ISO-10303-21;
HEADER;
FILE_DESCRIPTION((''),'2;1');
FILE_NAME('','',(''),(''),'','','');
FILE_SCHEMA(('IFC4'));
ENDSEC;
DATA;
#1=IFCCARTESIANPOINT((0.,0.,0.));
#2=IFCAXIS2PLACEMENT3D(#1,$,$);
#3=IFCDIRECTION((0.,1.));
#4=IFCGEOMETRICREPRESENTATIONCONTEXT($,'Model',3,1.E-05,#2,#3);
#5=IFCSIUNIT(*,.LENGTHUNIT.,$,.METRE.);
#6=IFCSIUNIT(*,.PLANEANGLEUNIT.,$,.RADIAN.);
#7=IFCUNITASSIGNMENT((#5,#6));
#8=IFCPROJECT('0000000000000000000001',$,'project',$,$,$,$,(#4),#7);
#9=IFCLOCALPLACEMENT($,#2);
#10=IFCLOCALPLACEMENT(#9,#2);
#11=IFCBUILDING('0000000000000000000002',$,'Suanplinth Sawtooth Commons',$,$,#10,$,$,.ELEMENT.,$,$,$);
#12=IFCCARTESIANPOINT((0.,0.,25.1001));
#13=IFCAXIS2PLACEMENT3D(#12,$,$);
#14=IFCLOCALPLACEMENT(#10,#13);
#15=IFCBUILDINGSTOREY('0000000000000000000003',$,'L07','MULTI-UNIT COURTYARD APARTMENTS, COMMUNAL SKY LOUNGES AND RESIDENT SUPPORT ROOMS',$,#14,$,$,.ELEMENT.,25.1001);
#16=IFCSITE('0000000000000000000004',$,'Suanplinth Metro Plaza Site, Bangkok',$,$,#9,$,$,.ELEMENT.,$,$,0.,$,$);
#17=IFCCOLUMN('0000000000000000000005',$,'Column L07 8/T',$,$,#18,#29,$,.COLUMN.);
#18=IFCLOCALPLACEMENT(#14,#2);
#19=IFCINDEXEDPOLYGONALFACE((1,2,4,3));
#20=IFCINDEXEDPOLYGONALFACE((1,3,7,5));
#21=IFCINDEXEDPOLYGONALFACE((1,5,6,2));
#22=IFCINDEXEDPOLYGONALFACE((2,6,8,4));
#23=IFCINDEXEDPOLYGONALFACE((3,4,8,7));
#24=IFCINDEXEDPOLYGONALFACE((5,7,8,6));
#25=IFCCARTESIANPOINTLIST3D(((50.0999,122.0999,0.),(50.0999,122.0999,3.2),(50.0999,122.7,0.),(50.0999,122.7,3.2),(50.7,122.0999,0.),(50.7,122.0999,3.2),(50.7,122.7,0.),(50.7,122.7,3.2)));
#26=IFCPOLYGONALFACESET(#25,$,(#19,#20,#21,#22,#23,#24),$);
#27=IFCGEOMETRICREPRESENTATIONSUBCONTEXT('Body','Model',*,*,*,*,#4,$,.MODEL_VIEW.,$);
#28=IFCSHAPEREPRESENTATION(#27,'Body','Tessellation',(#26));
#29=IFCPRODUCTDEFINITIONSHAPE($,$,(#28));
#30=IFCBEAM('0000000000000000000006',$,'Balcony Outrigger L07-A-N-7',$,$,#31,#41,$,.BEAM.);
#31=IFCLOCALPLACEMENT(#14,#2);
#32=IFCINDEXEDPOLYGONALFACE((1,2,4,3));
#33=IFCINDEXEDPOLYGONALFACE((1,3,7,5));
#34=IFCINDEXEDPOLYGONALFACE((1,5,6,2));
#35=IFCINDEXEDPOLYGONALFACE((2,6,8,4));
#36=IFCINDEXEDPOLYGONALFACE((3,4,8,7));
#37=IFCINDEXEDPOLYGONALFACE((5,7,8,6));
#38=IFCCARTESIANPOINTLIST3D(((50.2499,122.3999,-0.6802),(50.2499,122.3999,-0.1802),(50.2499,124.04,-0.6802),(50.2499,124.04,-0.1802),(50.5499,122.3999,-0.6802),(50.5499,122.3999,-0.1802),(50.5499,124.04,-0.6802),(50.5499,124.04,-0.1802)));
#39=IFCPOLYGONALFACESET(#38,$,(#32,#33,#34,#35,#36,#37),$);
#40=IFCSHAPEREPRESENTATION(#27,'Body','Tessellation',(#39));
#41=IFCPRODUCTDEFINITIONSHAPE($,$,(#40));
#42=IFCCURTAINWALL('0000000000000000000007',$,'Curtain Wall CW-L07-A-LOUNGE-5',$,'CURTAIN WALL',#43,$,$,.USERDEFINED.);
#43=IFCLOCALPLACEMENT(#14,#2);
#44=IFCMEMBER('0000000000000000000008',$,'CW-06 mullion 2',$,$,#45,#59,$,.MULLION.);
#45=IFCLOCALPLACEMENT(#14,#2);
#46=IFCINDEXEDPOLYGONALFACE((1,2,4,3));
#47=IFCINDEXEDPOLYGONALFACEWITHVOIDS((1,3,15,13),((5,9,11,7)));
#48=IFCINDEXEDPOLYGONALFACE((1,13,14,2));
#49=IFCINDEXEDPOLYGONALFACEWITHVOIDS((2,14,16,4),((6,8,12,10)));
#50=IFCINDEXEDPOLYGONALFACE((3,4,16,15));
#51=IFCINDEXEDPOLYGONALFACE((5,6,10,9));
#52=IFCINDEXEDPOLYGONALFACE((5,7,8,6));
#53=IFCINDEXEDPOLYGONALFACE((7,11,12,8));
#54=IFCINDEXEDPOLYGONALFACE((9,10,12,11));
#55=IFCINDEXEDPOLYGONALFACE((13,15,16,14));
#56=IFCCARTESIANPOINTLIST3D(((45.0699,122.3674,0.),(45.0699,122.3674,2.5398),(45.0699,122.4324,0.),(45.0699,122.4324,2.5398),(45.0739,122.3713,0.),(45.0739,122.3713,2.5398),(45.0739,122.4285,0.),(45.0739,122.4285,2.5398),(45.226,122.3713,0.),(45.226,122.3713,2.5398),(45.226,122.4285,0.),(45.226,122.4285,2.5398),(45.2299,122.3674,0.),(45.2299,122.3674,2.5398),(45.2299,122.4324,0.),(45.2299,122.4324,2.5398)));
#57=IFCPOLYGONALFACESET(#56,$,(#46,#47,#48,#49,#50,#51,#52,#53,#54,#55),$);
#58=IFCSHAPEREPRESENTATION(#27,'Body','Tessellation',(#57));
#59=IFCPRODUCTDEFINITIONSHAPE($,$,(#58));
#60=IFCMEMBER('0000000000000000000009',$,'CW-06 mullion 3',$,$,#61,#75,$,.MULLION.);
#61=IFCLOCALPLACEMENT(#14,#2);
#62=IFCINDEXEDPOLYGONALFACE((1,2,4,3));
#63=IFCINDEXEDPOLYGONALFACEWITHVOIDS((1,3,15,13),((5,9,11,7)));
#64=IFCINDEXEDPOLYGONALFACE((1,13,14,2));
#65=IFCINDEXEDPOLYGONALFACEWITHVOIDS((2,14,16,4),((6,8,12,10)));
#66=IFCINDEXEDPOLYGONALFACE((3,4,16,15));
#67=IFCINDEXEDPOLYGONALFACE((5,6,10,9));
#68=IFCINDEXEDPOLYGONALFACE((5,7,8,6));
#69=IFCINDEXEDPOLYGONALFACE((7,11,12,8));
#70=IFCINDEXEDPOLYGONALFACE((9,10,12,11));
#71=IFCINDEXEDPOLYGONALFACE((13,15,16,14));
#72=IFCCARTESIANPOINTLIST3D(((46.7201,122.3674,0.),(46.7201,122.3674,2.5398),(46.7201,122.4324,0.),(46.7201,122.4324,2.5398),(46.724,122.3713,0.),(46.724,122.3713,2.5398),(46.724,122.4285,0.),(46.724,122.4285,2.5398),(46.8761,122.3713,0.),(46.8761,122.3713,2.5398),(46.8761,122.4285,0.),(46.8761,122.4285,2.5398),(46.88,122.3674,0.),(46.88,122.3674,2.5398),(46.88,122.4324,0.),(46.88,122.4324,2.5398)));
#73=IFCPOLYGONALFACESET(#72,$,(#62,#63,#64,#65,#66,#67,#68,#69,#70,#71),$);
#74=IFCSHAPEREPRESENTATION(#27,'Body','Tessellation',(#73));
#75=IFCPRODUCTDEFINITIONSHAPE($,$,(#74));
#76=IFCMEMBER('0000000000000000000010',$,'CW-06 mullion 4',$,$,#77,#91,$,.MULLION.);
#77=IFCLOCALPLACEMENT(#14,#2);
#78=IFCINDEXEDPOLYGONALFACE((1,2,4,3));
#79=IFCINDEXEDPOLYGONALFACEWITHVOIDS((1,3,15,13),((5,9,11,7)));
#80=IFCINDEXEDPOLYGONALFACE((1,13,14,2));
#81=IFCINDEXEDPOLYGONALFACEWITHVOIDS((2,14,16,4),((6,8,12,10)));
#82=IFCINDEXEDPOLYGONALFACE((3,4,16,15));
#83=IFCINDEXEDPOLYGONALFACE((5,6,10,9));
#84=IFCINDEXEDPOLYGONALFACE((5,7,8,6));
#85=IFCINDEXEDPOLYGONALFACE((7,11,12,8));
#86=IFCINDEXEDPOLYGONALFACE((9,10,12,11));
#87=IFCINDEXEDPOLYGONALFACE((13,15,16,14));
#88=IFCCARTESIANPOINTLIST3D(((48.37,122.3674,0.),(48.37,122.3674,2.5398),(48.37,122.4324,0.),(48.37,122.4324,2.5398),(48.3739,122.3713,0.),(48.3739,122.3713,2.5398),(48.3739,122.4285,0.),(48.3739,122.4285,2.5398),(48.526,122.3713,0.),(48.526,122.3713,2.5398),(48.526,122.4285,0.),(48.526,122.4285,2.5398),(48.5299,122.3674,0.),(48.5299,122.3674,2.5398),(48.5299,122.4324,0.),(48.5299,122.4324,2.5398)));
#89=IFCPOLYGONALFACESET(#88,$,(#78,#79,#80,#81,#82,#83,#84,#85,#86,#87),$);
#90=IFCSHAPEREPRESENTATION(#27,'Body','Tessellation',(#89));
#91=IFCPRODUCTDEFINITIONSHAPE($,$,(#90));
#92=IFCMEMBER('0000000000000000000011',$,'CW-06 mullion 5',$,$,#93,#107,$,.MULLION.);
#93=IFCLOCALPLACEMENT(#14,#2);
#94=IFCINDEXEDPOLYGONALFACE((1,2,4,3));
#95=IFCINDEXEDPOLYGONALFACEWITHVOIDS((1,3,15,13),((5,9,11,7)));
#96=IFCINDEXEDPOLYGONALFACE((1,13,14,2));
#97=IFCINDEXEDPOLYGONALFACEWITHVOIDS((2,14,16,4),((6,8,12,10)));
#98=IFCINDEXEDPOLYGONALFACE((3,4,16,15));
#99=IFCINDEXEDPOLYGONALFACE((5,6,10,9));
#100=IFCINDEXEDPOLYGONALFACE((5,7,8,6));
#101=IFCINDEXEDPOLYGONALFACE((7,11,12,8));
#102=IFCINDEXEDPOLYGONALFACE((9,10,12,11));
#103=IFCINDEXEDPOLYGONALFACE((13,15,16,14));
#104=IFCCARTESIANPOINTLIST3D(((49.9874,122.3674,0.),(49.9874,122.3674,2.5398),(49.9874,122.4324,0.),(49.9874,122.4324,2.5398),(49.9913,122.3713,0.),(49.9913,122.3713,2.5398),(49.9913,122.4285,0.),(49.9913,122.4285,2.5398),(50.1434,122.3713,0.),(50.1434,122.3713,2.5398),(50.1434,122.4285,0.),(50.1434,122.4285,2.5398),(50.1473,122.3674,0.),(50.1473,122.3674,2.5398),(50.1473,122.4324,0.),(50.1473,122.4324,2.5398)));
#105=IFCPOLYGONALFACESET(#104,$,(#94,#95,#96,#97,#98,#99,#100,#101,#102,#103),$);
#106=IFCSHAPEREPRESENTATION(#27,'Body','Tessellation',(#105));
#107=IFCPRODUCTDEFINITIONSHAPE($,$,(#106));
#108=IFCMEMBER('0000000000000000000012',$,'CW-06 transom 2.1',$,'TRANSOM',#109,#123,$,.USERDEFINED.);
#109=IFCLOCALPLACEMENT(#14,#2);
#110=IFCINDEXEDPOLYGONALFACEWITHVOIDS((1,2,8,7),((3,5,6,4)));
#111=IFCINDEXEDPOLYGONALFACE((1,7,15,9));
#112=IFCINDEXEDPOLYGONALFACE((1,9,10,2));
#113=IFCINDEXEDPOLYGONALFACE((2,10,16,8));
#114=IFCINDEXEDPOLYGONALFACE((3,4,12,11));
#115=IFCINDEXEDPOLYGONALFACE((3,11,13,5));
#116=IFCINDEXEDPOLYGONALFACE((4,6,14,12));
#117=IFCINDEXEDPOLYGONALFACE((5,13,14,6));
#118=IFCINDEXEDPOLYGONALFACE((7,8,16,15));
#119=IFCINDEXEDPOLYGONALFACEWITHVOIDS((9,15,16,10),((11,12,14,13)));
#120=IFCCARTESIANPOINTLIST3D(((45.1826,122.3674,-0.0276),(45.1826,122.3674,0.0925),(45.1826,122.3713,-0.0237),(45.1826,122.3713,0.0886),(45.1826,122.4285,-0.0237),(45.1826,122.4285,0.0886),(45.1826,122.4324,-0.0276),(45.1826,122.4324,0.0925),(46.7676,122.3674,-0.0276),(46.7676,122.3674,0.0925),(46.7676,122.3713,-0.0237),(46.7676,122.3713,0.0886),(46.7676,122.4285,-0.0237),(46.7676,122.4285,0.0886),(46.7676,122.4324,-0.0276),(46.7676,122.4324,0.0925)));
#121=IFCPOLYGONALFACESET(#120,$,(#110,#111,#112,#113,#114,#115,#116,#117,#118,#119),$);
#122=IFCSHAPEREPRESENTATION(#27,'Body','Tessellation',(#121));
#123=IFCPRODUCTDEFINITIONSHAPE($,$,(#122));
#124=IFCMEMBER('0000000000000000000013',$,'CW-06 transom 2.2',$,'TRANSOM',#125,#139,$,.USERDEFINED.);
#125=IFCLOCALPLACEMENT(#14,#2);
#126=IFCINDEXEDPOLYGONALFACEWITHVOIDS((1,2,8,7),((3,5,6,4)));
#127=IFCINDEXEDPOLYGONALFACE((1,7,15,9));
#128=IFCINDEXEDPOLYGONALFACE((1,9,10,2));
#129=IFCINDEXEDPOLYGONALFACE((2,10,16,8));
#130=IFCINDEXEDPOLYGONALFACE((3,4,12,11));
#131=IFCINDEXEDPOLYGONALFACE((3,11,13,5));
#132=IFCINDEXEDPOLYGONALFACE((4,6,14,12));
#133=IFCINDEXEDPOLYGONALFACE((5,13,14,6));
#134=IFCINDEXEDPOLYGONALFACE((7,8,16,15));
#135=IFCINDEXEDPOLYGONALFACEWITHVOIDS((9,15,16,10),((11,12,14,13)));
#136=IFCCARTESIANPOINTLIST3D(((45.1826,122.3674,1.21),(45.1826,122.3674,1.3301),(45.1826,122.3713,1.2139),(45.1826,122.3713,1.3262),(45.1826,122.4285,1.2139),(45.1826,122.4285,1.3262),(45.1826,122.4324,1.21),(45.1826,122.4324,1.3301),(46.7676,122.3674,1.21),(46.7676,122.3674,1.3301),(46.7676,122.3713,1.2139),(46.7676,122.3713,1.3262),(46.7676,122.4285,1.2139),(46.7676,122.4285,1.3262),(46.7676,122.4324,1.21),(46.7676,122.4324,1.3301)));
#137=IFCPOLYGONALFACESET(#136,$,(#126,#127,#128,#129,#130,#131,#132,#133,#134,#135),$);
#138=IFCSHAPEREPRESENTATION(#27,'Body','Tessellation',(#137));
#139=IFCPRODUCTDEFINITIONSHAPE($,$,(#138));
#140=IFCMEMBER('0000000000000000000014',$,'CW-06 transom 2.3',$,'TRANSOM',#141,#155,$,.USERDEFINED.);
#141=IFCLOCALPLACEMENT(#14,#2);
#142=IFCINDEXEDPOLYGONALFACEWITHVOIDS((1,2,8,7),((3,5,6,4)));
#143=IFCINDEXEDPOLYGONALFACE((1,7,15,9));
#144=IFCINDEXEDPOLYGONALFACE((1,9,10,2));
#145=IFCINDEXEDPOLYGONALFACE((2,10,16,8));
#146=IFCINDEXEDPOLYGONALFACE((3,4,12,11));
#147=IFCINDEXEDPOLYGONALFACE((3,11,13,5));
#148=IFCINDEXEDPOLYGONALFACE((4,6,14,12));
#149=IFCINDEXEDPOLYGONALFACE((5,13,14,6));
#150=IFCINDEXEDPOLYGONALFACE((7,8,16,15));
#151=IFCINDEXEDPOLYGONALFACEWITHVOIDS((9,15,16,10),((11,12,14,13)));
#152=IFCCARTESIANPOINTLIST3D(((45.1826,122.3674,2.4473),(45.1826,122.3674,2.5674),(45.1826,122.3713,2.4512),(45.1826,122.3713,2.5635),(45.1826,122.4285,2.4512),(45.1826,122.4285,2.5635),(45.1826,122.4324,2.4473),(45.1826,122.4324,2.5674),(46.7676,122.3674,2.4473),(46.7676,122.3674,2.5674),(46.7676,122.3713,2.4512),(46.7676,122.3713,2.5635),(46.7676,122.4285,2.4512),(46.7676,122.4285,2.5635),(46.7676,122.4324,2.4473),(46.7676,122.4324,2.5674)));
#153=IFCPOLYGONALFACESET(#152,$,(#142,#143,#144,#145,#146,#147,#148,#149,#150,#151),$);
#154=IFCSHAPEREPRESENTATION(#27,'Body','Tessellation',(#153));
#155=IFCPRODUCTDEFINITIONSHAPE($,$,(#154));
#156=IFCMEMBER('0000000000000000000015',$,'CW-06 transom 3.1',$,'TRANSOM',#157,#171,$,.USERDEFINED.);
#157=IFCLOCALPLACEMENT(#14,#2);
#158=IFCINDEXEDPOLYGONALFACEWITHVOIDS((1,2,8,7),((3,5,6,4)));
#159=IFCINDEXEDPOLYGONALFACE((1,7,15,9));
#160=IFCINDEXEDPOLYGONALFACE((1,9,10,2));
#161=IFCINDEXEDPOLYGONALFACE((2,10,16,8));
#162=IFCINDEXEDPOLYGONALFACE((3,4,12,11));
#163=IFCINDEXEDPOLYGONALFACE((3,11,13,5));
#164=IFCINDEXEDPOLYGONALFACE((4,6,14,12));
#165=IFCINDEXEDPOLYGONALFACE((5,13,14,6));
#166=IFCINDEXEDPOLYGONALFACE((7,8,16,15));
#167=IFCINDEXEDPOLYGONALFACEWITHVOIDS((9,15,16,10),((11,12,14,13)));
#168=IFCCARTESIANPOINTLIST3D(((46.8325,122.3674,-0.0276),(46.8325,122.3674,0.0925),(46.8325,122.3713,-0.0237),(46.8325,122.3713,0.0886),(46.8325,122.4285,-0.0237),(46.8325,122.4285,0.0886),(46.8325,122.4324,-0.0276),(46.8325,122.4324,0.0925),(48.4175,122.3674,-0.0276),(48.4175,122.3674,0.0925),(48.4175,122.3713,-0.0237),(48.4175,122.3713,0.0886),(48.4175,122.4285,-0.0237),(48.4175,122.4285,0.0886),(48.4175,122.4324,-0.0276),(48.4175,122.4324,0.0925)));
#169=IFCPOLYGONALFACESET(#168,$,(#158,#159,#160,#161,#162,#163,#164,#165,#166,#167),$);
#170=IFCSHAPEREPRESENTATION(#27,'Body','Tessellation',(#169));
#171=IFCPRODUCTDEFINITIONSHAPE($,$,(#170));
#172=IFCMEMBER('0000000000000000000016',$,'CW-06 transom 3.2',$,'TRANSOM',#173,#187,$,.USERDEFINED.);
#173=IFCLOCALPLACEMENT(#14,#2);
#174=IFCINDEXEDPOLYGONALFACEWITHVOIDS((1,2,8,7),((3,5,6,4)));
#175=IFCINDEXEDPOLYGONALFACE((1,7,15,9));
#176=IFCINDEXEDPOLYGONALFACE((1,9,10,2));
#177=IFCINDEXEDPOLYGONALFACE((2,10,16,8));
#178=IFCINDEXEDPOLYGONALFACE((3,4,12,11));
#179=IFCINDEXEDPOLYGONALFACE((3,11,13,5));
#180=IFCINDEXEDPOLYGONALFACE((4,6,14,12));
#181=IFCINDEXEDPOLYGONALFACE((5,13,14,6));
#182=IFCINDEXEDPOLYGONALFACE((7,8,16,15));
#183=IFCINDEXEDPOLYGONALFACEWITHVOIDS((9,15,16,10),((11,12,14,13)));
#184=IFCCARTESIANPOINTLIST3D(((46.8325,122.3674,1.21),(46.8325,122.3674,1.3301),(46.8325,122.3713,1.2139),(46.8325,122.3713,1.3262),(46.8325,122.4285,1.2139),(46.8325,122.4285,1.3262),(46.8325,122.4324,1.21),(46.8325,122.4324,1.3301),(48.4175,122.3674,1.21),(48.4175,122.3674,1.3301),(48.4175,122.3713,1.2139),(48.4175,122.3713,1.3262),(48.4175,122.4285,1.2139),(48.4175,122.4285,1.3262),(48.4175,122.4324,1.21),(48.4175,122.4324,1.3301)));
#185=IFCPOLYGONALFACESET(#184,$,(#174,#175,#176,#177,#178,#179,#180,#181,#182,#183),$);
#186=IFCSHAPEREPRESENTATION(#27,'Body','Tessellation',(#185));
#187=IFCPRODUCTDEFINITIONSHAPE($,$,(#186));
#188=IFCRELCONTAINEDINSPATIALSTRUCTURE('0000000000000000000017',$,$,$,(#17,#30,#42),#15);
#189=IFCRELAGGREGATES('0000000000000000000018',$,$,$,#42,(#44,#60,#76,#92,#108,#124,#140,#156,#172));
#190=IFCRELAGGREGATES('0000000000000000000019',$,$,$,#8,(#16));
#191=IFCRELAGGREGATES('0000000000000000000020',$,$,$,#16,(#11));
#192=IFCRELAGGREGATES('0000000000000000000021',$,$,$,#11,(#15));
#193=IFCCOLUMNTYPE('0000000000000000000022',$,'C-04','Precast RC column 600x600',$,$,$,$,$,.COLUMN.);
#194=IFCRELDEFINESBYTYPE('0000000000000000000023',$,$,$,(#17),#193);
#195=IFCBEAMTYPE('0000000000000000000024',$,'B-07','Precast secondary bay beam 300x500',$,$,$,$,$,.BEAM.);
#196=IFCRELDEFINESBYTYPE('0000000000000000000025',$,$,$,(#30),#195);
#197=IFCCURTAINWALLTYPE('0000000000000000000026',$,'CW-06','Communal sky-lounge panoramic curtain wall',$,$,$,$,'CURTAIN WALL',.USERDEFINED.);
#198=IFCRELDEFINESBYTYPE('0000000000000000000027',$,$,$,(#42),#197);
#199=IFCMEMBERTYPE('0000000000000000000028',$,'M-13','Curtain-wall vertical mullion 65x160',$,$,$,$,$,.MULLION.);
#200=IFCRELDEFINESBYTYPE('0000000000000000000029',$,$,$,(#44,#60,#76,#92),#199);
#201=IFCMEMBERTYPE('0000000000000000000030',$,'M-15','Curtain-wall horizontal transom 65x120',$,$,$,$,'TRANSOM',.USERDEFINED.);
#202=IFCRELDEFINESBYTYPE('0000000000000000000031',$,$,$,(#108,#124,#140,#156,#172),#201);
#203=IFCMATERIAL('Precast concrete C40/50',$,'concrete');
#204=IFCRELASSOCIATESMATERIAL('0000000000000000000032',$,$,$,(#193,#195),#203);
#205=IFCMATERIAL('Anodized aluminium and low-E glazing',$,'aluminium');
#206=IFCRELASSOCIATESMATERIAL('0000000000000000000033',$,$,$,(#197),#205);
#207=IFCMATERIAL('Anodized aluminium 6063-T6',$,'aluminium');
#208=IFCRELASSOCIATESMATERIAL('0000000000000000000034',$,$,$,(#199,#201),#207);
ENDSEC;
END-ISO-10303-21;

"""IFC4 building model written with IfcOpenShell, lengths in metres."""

from ifc_helpers import new_model, si_unit, direction, frame, origin, origin_2d, place, context, subcontext, project, spatial, rectangle, hollow_rectangle, extrude, material, material_profile, profile_set, type_object, element, aggregate, save


model = new_model("IFC4")

# Units and contexts
model_context = context("Model", 3, precision=1e-05, world=origin(), true_north=direction((0.0, 1.0)))
body_context = subcontext(model_context, "Body", "Model", "MODEL_VIEW")
ifc_project = project(units=[si_unit("LENGTHUNIT", "METRE"), si_unit("PLANEANGLEUNIT", "RADIAN")], contexts=[model_context])

# Site, building, storey
site_placement = place(None, origin())
site = spatial("IfcSite", under=ifc_project, at=site_placement, Name="Suanplinth Metro Plaza Site, Bangkok", CompositionType="ELEMENT", RefElevation=0.0)
building_placement = place(site_placement, origin())
building = spatial("IfcBuilding", under=site, at=building_placement, Name="Suanplinth Sawtooth Commons", CompositionType="ELEMENT")
storey_placement = place(building_placement, frame((0.0, 0.0, 25.1001)))
storey = spatial("IfcBuildingStorey", under=building, at=storey_placement, Name="L07", Description="MULTI-UNIT COURTYARD APARTMENTS, COMMUNAL SKY LOUNGES AND RESIDENT SUPPORT ROOMS", CompositionType="ELEMENT", Elevation=25.1001)

# Column
ifc_material_1 = material(Name="Precast concrete C40/50", Category="concrete")
ifc_material_profile_1 = material_profile(ifc_material_1, rectangle(XDim=0.6001, YDim=0.6001, at=origin_2d()), Name="PC-COL 600x600")
ifc_profile_set_1 = profile_set([ifc_material_profile_1], Name="Precast concrete C40/50")
column_type = type_object("IfcColumnType", Name="C-04", Description="Precast RC column 600x600", PredefinedType="COLUMN", material=ifc_profile_set_1)
column_placement = place(storey_placement, frame((50.3999, 122.3999, 0.0), z_axis=(0.0, 0.0, 1.0), x_axis=(1.0, 0.0, 0.0)))
element("IfcColumn", 1, at=column_placement, inside=storey, type_object=column_type, Name="Column L07 8/T", PredefinedType="COLUMN", context=body_context, shape_type="SweptSolid", body=[
    extrude(rectangle(XDim=0.6001, YDim=0.6001, at=origin_2d()), origin(), (0.0, 0.0, 1.0), 3.2),
])

# Beam
ifc_material_profile_2 = material_profile(ifc_material_1, rectangle(XDim=0.3, YDim=0.5, at=origin_2d()), Name="PC-BM 300x500")
ifc_profile_set_2 = profile_set([ifc_material_profile_2], Name="Precast concrete C40/50")
beam_type = type_object("IfcBeamType", Name="B-07", Description="Precast secondary bay beam 300x500", PredefinedType="BEAM", material=ifc_profile_set_2)
beam_placement = place(storey_placement, frame((50.3999, 122.3999, -0.4302), z_axis=(0.0, 1.0, 0.0), x_axis=(-1.0, 0.0, 0.0)))
element("IfcBeam", 2, at=beam_placement, inside=storey, type_object=beam_type, Name="Balcony Outrigger L07-A-N-7", PredefinedType="BEAM", context=body_context, shape_type="SweptSolid", body=[
    extrude(rectangle(XDim=0.3, YDim=0.5, at=origin_2d()), origin(), (0.0, 0.0, 1.0), 1.6401),
])

# Curtain wall, members
ifc_material_2 = material(Name="Anodized aluminium and low-E glazing", Category="aluminium")
curtain_wall_type = type_object("IfcCurtainWallType", Name="CW-06", Description="Communal sky-lounge panoramic curtain wall", ElementType="CURTAIN WALL", PredefinedType="USERDEFINED", material=ifc_material_2)
curtain_wall_placement = place(storey_placement, origin())
curtain_wall = element("IfcCurtainWall", 3, at=curtain_wall_placement, inside=storey, type_object=curtain_wall_type, Name="Curtain Wall CW-L07-A-LOUNGE-5", ObjectType="CURTAIN WALL", PredefinedType="USERDEFINED")
ifc_material_3 = material(Name="Anodized aluminium 6063-T6", Category="aluminium")
ifc_material_profile_3 = material_profile(ifc_material_3, hollow_rectangle(XDim=0.0649, YDim=0.1599, WallThickness=0.0039, at=origin_2d()), Name="ALU-MUL 65x160")
ifc_profile_set_3 = profile_set([ifc_material_profile_3], Name="Anodized aluminium 6063-T6")
member_type_1 = type_object("IfcMemberType", Name="M-13", Description="Curtain-wall vertical mullion 65x160", PredefinedType="MULLION", material=ifc_profile_set_3)
member_1_placement = place(storey_placement, frame((45.1499, 122.3999, 0.0), z_axis=(0.0, 0.0, 1.0), x_axis=(0.0, 1.0, 0.0)))
member_1 = element("IfcMember", 4, at=member_1_placement, type_object=member_type_1, Name="CW-06 mullion 2", PredefinedType="MULLION", context=body_context, shape_type="SweptSolid", body=[
    extrude(hollow_rectangle(XDim=0.0649, YDim=0.1599, WallThickness=0.0039, at=origin_2d()), origin(), (0.0, 0.0, 1.0), 2.5398),
])
member_2_placement = place(storey_placement, frame((46.8, 122.3999, 0.0), z_axis=(0.0, 0.0, 1.0), x_axis=(0.0, 1.0, 0.0)))
member_2 = element("IfcMember", 5, at=member_2_placement, type_object=member_type_1, Name="CW-06 mullion 3", PredefinedType="MULLION", context=body_context, shape_type="SweptSolid", body=[
    extrude(hollow_rectangle(XDim=0.0649, YDim=0.1599, WallThickness=0.0039, at=origin_2d()), origin(), (0.0, 0.0, 1.0), 2.5398),
])
member_3_placement = place(storey_placement, frame((48.45, 122.3999, 0.0), z_axis=(0.0, 0.0, 1.0), x_axis=(0.0, 1.0, 0.0)))
member_3 = element("IfcMember", 6, at=member_3_placement, type_object=member_type_1, Name="CW-06 mullion 4", PredefinedType="MULLION", context=body_context, shape_type="SweptSolid", body=[
    extrude(hollow_rectangle(XDim=0.0649, YDim=0.1599, WallThickness=0.0039, at=origin_2d()), origin(), (0.0, 0.0, 1.0), 2.5398),
])
member_4_placement = place(storey_placement, frame((50.0674, 122.3999, 0.0), z_axis=(0.0, 0.0, 1.0), x_axis=(0.0, 1.0, 0.0)))
member_4 = element("IfcMember", 7, at=member_4_placement, type_object=member_type_1, Name="CW-06 mullion 5", PredefinedType="MULLION", context=body_context, shape_type="SweptSolid", body=[
    extrude(hollow_rectangle(XDim=0.0649, YDim=0.1599, WallThickness=0.0039, at=origin_2d()), origin(), (0.0, 0.0, 1.0), 2.5398),
])
ifc_material_profile_4 = material_profile(ifc_material_3, hollow_rectangle(XDim=0.0649, YDim=0.1201, WallThickness=0.0039, at=origin_2d()), Name="ALU-TRN 65x120")
ifc_profile_set_4 = profile_set([ifc_material_profile_4], Name="Anodized aluminium 6063-T6")
member_type_2 = type_object("IfcMemberType", Name="M-15", Description="Curtain-wall horizontal transom 65x120", ElementType="TRANSOM", PredefinedType="USERDEFINED", material=ifc_profile_set_4)
member_5_placement = place(storey_placement, frame((45.1826, 122.3999, 0.0325), z_axis=(1.0, 0.0, 0.0), x_axis=(0.0, 1.0, 0.0)))
member_5 = element("IfcMember", 8, at=member_5_placement, type_object=member_type_2, Name="CW-06 transom 2.1", ObjectType="TRANSOM", PredefinedType="USERDEFINED", context=body_context, shape_type="SweptSolid", body=[
    extrude(hollow_rectangle(XDim=0.0649, YDim=0.1201, WallThickness=0.0039, at=origin_2d()), origin(), (0.0, 0.0, 1.0), 1.585),
])
member_6_placement = place(storey_placement, frame((45.1826, 122.3999, 1.27), z_axis=(1.0, 0.0, 0.0), x_axis=(0.0, 1.0, 0.0)))
member_6 = element("IfcMember", 9, at=member_6_placement, type_object=member_type_2, Name="CW-06 transom 2.2", ObjectType="TRANSOM", PredefinedType="USERDEFINED", context=body_context, shape_type="SweptSolid", body=[
    extrude(hollow_rectangle(XDim=0.0649, YDim=0.1201, WallThickness=0.0039, at=origin_2d()), origin(), (0.0, 0.0, 1.0), 1.585),
])
member_7_placement = place(storey_placement, frame((45.1826, 122.3999, 2.5073), z_axis=(1.0, 0.0, 0.0), x_axis=(0.0, 1.0, 0.0)))
member_7 = element("IfcMember", 10, at=member_7_placement, type_object=member_type_2, Name="CW-06 transom 2.3", ObjectType="TRANSOM", PredefinedType="USERDEFINED", context=body_context, shape_type="SweptSolid", body=[
    extrude(hollow_rectangle(XDim=0.0649, YDim=0.1201, WallThickness=0.0039, at=origin_2d()), origin(), (0.0, 0.0, 1.0), 1.585),
])
member_8_placement = place(storey_placement, frame((46.8325, 122.3999, 0.0325), z_axis=(1.0, 0.0, 0.0), x_axis=(0.0, 1.0, 0.0)))
member_8 = element("IfcMember", 11, at=member_8_placement, type_object=member_type_2, Name="CW-06 transom 3.1", ObjectType="TRANSOM", PredefinedType="USERDEFINED", context=body_context, shape_type="SweptSolid", body=[
    extrude(hollow_rectangle(XDim=0.0649, YDim=0.1201, WallThickness=0.0039, at=origin_2d()), origin(), (0.0, 0.0, 1.0), 1.585),
])
member_9_placement = place(storey_placement, frame((46.8325, 122.3999, 1.27), z_axis=(1.0, 0.0, 0.0), x_axis=(0.0, 1.0, 0.0)))
member_9 = element("IfcMember", 12, at=member_9_placement, type_object=member_type_2, Name="CW-06 transom 3.2", ObjectType="TRANSOM", PredefinedType="USERDEFINED", context=body_context, shape_type="SweptSolid", body=[
    extrude(hollow_rectangle(XDim=0.0649, YDim=0.1201, WallThickness=0.0039, at=origin_2d()), origin(), (0.0, 0.0, 1.0), 1.585),
])
aggregate(curtain_wall, [member_1, member_2, member_3, member_4, member_5, member_6, member_7, member_8, member_9])

save(model, "model.ifc")
